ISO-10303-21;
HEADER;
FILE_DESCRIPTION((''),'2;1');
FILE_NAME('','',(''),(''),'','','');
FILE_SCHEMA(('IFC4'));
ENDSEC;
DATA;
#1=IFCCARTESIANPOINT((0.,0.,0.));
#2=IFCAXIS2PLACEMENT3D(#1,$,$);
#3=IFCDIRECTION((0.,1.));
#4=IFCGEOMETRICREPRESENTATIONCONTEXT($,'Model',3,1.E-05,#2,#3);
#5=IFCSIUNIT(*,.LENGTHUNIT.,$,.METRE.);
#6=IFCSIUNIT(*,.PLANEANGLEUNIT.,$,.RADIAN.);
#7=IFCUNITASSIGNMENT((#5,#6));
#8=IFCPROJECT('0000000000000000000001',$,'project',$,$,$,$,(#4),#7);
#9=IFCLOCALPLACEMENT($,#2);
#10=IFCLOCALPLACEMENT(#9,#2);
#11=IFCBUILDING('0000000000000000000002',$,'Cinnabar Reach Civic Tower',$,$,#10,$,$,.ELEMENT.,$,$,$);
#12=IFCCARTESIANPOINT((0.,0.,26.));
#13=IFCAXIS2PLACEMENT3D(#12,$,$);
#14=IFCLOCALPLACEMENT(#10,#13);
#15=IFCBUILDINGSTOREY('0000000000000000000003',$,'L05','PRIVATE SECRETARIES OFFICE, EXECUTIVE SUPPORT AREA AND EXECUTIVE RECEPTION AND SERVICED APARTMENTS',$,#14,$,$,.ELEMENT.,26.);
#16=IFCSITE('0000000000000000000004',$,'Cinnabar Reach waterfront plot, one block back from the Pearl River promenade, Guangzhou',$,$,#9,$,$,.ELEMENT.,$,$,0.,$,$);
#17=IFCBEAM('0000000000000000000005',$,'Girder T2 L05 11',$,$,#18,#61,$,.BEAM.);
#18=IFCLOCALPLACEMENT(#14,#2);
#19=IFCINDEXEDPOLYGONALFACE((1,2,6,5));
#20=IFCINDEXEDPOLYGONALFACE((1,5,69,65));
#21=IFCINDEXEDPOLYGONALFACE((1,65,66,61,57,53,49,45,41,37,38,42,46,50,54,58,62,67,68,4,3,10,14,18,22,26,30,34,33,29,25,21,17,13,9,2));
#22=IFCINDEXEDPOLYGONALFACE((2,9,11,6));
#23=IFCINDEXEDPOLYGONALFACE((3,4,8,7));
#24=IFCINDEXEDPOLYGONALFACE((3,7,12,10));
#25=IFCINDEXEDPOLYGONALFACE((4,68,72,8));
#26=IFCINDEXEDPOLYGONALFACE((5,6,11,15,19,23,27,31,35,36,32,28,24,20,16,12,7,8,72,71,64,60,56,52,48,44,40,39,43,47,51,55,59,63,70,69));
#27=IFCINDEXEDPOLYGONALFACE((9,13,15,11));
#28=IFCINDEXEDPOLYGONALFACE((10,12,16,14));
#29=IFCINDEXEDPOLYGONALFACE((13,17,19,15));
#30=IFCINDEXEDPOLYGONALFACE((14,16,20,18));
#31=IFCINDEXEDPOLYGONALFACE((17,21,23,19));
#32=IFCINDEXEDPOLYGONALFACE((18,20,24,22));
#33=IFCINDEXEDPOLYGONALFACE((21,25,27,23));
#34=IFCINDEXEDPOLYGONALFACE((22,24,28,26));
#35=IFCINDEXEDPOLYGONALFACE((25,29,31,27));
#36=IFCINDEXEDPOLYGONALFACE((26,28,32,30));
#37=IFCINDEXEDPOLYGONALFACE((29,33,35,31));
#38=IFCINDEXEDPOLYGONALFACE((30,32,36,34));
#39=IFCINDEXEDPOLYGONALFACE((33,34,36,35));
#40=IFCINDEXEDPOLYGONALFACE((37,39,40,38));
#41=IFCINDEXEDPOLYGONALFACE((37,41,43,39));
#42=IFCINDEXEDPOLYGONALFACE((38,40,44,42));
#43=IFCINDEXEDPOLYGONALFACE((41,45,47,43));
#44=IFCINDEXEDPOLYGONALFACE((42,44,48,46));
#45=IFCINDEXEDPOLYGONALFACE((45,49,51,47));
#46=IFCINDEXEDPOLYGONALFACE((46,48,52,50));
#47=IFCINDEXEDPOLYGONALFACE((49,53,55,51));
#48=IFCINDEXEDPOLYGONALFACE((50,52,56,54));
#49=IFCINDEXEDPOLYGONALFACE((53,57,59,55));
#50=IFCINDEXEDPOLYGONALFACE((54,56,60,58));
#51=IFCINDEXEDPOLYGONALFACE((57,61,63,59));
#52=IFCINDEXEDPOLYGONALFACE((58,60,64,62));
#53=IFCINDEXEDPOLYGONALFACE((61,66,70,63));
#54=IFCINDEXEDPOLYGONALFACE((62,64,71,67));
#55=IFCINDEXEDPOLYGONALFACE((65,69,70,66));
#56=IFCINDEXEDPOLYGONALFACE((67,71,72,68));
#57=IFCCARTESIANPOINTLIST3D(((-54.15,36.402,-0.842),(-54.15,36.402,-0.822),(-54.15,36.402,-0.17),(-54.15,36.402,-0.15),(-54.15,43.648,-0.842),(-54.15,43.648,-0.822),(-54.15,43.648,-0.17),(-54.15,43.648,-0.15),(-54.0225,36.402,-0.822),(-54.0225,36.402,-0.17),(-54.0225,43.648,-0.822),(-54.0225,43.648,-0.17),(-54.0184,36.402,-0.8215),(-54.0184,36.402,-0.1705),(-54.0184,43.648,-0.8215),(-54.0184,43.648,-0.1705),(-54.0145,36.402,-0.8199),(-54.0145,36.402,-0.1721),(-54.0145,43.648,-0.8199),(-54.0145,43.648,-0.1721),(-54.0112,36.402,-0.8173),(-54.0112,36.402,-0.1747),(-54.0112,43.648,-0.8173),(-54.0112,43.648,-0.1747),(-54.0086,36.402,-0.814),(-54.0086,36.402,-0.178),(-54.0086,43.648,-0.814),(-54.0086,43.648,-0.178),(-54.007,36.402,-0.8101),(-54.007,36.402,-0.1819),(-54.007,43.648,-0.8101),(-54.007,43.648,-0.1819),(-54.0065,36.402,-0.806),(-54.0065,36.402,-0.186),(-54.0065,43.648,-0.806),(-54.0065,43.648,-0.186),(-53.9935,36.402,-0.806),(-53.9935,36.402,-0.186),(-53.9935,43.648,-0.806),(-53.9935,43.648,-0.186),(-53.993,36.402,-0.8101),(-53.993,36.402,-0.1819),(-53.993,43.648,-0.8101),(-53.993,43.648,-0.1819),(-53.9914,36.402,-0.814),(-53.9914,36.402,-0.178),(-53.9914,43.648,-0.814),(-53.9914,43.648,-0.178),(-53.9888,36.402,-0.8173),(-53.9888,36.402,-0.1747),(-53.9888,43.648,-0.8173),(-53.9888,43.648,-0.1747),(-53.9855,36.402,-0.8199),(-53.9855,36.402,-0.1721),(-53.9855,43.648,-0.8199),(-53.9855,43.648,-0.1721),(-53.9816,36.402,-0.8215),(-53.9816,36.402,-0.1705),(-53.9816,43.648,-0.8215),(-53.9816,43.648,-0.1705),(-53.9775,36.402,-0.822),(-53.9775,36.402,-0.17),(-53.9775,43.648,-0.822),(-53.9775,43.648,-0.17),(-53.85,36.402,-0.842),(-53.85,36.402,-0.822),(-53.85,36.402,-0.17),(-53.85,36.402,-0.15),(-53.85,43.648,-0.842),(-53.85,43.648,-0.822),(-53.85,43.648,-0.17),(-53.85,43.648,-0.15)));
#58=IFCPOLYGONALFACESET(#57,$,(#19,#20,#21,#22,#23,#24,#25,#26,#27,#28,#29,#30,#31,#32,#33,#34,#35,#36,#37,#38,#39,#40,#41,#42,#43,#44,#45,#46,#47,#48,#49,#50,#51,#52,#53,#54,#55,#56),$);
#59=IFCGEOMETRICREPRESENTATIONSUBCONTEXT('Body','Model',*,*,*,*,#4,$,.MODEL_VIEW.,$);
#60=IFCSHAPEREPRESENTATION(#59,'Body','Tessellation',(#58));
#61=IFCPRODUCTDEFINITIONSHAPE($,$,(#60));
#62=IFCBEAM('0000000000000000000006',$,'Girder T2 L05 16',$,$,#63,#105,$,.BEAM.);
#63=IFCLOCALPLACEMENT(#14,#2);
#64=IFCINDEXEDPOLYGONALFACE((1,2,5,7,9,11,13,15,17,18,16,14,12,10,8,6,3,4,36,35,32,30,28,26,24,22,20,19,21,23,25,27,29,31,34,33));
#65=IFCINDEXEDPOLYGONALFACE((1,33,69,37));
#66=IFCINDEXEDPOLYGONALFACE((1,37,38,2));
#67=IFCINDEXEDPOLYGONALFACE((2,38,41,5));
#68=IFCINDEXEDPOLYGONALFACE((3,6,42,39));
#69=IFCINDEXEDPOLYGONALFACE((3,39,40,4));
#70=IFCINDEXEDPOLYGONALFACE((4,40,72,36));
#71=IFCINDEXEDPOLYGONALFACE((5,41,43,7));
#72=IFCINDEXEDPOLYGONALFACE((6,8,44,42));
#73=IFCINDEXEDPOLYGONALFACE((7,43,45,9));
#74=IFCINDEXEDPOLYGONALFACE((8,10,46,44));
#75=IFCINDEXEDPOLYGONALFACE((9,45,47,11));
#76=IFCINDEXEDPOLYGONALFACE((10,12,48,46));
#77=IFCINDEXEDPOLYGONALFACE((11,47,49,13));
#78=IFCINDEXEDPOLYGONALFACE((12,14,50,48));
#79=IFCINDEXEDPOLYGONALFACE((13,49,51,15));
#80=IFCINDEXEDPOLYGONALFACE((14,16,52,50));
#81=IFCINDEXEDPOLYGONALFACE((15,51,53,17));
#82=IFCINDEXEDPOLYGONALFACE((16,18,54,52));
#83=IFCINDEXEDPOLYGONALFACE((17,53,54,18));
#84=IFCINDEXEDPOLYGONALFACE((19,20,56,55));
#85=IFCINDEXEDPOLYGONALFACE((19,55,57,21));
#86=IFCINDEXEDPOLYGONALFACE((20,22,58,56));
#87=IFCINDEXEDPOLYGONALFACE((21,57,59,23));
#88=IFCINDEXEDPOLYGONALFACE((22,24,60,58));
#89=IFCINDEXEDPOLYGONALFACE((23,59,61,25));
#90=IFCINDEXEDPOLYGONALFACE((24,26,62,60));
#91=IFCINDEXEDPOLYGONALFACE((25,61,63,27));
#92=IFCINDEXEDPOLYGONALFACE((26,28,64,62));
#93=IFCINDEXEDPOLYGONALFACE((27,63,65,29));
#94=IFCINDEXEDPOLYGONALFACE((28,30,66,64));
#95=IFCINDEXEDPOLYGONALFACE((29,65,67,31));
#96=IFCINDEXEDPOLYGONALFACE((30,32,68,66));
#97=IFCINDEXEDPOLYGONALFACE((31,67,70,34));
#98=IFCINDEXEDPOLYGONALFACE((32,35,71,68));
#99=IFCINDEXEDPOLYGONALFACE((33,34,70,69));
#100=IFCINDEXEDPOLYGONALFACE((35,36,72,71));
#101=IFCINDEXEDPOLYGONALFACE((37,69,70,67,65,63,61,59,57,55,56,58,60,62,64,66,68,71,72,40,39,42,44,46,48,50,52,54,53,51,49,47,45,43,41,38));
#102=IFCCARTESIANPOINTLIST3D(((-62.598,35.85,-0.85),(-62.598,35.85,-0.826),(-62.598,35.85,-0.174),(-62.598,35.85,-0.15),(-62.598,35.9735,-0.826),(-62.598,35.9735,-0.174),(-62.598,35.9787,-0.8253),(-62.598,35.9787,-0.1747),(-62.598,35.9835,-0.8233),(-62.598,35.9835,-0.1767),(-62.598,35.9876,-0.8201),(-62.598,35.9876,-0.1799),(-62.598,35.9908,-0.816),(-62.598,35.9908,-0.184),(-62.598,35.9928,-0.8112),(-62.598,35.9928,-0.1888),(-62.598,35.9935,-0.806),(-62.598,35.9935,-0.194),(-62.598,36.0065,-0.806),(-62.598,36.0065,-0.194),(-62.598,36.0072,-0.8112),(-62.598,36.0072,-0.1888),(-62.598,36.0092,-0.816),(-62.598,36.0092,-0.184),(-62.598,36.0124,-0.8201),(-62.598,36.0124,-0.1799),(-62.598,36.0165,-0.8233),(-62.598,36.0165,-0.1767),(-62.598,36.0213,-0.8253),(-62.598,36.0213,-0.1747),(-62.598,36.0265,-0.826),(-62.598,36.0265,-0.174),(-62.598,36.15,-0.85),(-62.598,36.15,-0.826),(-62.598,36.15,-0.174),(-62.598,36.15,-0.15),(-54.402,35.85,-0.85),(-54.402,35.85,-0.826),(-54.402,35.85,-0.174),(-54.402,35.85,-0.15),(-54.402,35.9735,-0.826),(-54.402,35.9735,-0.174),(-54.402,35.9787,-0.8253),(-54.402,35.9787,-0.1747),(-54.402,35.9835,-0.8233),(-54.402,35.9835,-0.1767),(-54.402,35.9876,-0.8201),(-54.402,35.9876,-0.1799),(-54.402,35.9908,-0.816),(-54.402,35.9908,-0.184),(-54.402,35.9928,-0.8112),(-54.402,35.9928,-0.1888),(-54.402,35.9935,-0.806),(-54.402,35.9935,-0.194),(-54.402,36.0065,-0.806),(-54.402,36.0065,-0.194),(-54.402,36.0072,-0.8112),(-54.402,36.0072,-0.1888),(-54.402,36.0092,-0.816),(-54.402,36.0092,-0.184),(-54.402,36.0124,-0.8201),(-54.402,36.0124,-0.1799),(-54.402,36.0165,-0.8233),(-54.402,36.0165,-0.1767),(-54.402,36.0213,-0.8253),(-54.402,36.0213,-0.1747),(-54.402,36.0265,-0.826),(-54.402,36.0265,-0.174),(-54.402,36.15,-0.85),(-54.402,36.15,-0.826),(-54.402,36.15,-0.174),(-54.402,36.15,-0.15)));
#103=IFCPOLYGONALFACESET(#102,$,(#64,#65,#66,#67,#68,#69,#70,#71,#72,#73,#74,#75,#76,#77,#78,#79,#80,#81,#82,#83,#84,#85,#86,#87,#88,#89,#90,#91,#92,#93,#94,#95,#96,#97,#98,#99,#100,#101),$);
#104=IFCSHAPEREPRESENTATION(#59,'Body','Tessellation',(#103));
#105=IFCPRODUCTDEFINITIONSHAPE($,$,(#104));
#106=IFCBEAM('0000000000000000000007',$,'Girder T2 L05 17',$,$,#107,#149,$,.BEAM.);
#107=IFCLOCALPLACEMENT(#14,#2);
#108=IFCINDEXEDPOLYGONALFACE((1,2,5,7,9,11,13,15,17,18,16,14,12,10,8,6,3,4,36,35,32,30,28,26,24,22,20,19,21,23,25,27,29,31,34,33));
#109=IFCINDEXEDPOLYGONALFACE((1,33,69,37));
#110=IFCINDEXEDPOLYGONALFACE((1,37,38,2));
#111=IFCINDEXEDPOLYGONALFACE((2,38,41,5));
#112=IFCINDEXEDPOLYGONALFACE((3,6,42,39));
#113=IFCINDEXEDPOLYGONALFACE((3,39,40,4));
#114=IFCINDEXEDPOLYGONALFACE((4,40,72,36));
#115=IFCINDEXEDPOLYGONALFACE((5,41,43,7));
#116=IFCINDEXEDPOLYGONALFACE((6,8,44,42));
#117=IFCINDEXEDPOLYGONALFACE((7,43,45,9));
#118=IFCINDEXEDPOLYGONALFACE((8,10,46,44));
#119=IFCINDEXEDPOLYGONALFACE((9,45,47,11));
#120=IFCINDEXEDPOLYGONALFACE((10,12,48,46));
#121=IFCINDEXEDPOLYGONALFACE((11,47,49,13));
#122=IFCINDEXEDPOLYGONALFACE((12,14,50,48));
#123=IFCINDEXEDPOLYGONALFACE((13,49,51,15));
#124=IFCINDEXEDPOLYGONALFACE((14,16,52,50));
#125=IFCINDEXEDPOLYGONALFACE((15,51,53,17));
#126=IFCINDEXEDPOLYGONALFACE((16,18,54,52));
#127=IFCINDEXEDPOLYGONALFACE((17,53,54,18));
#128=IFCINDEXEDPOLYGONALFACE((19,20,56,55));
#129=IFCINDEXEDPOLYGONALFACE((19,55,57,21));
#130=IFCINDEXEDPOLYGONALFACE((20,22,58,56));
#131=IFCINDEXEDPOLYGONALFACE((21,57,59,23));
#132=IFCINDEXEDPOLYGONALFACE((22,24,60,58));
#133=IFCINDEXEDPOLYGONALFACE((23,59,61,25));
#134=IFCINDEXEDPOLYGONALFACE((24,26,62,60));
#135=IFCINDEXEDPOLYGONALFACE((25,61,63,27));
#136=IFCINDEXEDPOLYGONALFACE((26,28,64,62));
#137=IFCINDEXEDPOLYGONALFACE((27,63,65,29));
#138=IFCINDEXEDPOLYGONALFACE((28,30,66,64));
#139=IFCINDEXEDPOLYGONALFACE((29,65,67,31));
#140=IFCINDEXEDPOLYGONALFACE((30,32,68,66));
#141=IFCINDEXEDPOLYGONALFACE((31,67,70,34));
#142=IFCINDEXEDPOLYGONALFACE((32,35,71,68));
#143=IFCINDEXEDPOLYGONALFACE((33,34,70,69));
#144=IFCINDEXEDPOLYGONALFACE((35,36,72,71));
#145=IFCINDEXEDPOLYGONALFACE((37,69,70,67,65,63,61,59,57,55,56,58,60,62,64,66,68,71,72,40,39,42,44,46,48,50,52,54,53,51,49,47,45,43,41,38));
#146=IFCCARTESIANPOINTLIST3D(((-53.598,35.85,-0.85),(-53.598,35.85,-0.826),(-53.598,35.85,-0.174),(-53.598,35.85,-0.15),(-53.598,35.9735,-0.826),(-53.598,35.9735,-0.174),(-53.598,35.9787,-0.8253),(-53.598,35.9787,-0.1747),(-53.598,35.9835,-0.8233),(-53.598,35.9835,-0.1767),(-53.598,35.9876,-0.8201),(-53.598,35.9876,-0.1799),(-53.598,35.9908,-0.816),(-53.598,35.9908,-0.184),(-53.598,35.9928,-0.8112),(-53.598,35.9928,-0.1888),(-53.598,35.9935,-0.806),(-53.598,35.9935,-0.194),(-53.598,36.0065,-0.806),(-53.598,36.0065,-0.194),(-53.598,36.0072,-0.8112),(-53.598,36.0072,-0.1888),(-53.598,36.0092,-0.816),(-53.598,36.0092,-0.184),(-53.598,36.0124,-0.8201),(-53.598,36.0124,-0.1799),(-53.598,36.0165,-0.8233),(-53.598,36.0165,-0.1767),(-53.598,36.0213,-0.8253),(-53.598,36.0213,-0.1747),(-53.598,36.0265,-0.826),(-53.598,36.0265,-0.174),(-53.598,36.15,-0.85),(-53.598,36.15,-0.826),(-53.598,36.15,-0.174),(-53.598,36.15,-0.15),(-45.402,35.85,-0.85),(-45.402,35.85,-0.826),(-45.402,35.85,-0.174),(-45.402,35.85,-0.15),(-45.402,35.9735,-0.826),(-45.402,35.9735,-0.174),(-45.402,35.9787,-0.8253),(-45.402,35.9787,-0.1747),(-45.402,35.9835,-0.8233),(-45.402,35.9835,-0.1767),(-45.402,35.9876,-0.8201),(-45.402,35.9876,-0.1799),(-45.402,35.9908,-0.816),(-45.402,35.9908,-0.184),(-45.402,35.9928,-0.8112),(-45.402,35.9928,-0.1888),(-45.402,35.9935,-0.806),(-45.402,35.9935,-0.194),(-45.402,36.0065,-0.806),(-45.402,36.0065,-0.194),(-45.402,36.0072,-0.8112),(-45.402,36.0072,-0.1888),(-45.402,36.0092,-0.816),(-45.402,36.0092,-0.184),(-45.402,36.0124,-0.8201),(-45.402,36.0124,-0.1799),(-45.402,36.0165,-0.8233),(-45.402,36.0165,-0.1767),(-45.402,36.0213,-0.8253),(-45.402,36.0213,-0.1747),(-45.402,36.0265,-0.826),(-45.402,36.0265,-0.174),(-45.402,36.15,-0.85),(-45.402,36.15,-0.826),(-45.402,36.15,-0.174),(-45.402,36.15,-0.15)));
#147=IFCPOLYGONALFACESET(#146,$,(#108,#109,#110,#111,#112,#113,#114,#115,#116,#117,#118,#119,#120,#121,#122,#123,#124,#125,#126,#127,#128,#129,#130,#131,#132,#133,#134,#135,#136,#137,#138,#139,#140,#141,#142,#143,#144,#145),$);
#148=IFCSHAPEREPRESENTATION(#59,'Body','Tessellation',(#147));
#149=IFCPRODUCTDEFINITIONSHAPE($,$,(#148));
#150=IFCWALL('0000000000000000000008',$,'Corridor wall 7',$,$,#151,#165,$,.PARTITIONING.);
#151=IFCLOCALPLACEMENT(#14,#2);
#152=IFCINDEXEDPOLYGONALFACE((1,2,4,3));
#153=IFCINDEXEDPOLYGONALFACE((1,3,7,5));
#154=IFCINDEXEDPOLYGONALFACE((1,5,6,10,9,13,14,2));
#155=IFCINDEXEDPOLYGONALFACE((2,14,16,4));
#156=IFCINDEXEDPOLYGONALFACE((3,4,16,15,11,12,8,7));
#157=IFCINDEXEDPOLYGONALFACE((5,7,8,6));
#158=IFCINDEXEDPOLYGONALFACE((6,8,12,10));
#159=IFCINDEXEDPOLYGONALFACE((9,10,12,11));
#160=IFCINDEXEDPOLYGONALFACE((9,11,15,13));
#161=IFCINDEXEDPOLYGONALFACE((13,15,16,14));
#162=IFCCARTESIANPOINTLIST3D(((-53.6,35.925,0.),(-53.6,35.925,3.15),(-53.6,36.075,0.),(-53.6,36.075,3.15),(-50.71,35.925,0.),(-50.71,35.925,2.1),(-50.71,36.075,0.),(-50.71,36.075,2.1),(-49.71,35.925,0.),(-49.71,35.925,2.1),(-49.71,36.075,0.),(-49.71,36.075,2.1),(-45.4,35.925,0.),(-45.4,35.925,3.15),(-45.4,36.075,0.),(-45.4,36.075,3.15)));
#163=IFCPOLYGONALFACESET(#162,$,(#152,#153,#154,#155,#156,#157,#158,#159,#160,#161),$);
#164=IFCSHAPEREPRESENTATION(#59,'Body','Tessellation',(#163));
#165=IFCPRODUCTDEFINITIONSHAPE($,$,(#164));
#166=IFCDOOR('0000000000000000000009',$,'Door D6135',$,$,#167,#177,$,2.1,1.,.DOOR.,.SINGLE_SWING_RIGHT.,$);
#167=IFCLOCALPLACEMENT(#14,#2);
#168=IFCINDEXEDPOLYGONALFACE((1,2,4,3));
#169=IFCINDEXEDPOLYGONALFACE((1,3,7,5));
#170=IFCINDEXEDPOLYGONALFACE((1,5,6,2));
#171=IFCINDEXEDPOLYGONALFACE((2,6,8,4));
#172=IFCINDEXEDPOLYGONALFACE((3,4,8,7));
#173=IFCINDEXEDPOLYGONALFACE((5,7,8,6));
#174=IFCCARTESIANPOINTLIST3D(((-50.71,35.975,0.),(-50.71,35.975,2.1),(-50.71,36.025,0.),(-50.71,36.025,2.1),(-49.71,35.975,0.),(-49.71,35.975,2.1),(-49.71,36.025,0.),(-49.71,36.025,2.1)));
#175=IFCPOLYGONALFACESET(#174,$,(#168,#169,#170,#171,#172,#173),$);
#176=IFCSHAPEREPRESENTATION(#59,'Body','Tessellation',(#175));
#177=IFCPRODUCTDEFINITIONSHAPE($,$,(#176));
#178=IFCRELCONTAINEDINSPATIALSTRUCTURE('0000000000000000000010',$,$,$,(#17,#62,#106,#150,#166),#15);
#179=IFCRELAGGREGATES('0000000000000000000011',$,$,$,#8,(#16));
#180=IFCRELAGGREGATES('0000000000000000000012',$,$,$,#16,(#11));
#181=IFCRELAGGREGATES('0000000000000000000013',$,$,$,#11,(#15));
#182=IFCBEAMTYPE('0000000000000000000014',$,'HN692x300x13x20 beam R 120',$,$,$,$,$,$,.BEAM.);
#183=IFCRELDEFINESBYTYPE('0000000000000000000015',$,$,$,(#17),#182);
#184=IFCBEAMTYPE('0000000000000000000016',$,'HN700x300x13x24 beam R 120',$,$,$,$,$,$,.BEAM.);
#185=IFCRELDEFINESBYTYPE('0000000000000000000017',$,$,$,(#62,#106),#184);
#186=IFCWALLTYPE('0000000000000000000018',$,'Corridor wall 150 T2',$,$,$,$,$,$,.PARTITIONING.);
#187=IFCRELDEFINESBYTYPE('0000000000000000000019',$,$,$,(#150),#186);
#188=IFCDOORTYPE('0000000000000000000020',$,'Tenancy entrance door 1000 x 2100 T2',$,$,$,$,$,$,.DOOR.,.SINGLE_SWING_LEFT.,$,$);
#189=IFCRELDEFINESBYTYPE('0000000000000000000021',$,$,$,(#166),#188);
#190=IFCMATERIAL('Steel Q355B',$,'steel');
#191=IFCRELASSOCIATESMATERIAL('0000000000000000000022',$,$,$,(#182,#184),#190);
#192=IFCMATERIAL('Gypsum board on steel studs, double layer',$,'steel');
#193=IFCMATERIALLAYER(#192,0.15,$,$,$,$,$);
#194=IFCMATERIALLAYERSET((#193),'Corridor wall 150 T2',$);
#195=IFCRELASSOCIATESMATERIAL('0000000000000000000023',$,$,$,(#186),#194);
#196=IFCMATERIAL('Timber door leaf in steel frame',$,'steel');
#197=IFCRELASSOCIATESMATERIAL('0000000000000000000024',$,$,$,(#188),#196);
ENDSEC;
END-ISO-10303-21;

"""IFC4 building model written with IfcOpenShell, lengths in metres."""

from ifc_helpers import new_model, si_unit, direction, frame, frame_2d, origin, origin_2d, place, context, subcontext, project, spatial, rectangle, i_section, extrude, material, layer, layer_set, material_profile, profile_set, type_object, element, fill, save


model = new_model("IFC4")

# Units and contexts
model_context = context("Model", 3, precision=1e-05, world=origin(), true_north=direction((0.0, 1.0)))
body_context = subcontext(model_context, "Body", "Model", "MODEL_VIEW")
ifc_project = project(units=[si_unit("LENGTHUNIT", "METRE"), si_unit("PLANEANGLEUNIT", "RADIAN")], contexts=[model_context])

# Site, building, storey
site_placement = place(None, origin())
site = spatial("IfcSite", under=ifc_project, at=site_placement, Name="Cinnabar Reach waterfront plot, one block back from the Pearl River promenade, Guangzhou", CompositionType="ELEMENT", RefElevation=0.0)
building_placement = place(site_placement, origin())
building = spatial("IfcBuilding", under=site, at=building_placement, Name="Cinnabar Reach Civic Tower", CompositionType="ELEMENT")
storey_placement = place(building_placement, frame((0.0, 0.0, 26.0)))
storey = spatial("IfcBuildingStorey", under=building, at=storey_placement, Name="L05", Description="PRIVATE SECRETARIES OFFICE, EXECUTIVE SUPPORT AREA AND EXECUTIVE RECEPTION AND SERVICED APARTMENTS", CompositionType="ELEMENT", Elevation=26.0)

# Beams
ifc_material_1 = material(Name="Steel Q355B", Category="steel")
ifc_material_profile_1 = material_profile(ifc_material_1, i_section(OverallWidth=0.3, OverallDepth=0.692, WebThickness=0.013, FlangeThickness=0.02, FilletRadius=0.016, at=origin_2d()), Name="HN692x300x13x20")
ifc_profile_set_1 = profile_set([ifc_material_profile_1], Name="Steel Q355B")
beam_type_1 = type_object("IfcBeamType", Name="HN692x300x13x20 beam R 120", PredefinedType="BEAM", material=ifc_profile_set_1)
beam_1_placement = place(storey_placement, frame((-54.0, 36.402, -0.496), z_axis=(0.0, 1.0, 0.0), x_axis=(-1.0, 0.0, 0.0)))
element("IfcBeam", 1, at=beam_1_placement, inside=storey, type_object=beam_type_1, Name="Girder T2 L05 11", PredefinedType="BEAM", context=body_context, shape_type="SweptSolid", body=[
    extrude(i_section(OverallWidth=0.3, OverallDepth=0.692, WebThickness=0.013, FlangeThickness=0.02, FilletRadius=0.016, at=origin_2d()), origin(), (0.0, 0.0, 1.0), 7.246),
])
ifc_material_profile_2 = material_profile(ifc_material_1, i_section(OverallWidth=0.3, OverallDepth=0.7, WebThickness=0.013, FlangeThickness=0.024, FilletRadius=0.02, at=origin_2d()), Name="HN700x300x13x24")
ifc_profile_set_2 = profile_set([ifc_material_profile_2], Name="Steel Q355B")
beam_type_2 = type_object("IfcBeamType", Name="HN700x300x13x24 beam R 120", PredefinedType="BEAM", material=ifc_profile_set_2)
for number, where, z_axis, x_axis, name in (
    (2, (-62.598, 36.0, -0.5), (1.0, 0.0, 0.0), (0.0, 1.0, 0.0), "Girder T2 L05 16"),
    (3, (-53.598, 36.0, -0.5), (1.0, 0.0, 0.0), (0.0, 1.0, 0.0), "Girder T2 L05 17"),
):
    element("IfcBeam", number, at=place(storey_placement, frame(where, z_axis=z_axis, x_axis=x_axis)), inside=storey, type_object=beam_type_2, Name=name, PredefinedType="BEAM", context=body_context, shape_type="SweptSolid", body=[
        extrude(i_section(OverallWidth=0.3, OverallDepth=0.7, WebThickness=0.013, FlangeThickness=0.024, FilletRadius=0.02, at=origin_2d()), origin(), (0.0, 0.0, 1.0), 8.196),
    ])

# Wall, opening, door
ifc_material_2 = material(Name="Gypsum board on steel studs, double layer", Category="steel")
ifc_layer_1 = layer(ifc_material_2, 0.15)
ifc_layer_set_1 = layer_set([ifc_layer_1], Name="Corridor wall 150 T2")
wall_type_1 = type_object("IfcWallType", Name="Corridor wall 150 T2", PredefinedType="PARTITIONING", material=ifc_layer_set_1)
wall_1_placement = place(storey_placement, frame((-53.6, 36.0, 0.0), z_axis=(0.0, 0.0, 1.0), x_axis=(1.0, 0.0, 0.0)))
wall_1 = element("IfcWall", 4, at=wall_1_placement, inside=storey, type_object=wall_type_1, Name="Corridor wall 7", PredefinedType="PARTITIONING", context=body_context, shape_type="SweptSolid", body=[
    extrude(rectangle(XDim=8.2, YDim=0.15, at=frame_2d((4.1, 0.0))), origin(), (0.0, 0.0, 1.0), 3.15),
])
opening_1_placement = place(wall_1_placement, frame((2.89, 0.0, 0.0)))
opening_1 = element("IfcOpeningElement", 5, at=opening_1_placement, cuts=wall_1, PredefinedType="OPENING", context=body_context, shape_type="SweptSolid", body=[
    extrude(rectangle(XDim=1.0, YDim=2.1, at=frame_2d((0.5, 1.05))), frame((0.0, 0.085, 0.0), z_axis=(0.0, -1.0, 0.0), x_axis=(1.0, 0.0, 0.0)), (0.0, 0.0, 1.0), 0.17),
])
ifc_material_3 = material(Name="Timber door leaf in steel frame", Category="steel")
door_type_1 = type_object("IfcDoorType", Name="Tenancy entrance door 1000 x 2100 T2", OperationType="SINGLE_SWING_LEFT", PredefinedType="DOOR", material=ifc_material_3)
door_1_placement = place(opening_1_placement, origin())
door_1 = element("IfcDoor", 6, at=door_1_placement, inside=storey, type_object=door_type_1, Name="Door D6135", OperationType="SINGLE_SWING_RIGHT", OverallHeight=2.1, OverallWidth=1.0, PredefinedType="DOOR", context=body_context, shape_type="SweptSolid", body=[
    extrude(rectangle(XDim=1.0, YDim=2.1, at=frame_2d((0.5, 1.05))), frame((0.0, 0.025, 0.0), z_axis=(0.0, -1.0, 0.0), x_axis=(1.0, 0.0, 0.0)), (0.0, 0.0, 1.0), 0.05),
])
fill(opening_1, door_1)

save(model, "model.ifc")
